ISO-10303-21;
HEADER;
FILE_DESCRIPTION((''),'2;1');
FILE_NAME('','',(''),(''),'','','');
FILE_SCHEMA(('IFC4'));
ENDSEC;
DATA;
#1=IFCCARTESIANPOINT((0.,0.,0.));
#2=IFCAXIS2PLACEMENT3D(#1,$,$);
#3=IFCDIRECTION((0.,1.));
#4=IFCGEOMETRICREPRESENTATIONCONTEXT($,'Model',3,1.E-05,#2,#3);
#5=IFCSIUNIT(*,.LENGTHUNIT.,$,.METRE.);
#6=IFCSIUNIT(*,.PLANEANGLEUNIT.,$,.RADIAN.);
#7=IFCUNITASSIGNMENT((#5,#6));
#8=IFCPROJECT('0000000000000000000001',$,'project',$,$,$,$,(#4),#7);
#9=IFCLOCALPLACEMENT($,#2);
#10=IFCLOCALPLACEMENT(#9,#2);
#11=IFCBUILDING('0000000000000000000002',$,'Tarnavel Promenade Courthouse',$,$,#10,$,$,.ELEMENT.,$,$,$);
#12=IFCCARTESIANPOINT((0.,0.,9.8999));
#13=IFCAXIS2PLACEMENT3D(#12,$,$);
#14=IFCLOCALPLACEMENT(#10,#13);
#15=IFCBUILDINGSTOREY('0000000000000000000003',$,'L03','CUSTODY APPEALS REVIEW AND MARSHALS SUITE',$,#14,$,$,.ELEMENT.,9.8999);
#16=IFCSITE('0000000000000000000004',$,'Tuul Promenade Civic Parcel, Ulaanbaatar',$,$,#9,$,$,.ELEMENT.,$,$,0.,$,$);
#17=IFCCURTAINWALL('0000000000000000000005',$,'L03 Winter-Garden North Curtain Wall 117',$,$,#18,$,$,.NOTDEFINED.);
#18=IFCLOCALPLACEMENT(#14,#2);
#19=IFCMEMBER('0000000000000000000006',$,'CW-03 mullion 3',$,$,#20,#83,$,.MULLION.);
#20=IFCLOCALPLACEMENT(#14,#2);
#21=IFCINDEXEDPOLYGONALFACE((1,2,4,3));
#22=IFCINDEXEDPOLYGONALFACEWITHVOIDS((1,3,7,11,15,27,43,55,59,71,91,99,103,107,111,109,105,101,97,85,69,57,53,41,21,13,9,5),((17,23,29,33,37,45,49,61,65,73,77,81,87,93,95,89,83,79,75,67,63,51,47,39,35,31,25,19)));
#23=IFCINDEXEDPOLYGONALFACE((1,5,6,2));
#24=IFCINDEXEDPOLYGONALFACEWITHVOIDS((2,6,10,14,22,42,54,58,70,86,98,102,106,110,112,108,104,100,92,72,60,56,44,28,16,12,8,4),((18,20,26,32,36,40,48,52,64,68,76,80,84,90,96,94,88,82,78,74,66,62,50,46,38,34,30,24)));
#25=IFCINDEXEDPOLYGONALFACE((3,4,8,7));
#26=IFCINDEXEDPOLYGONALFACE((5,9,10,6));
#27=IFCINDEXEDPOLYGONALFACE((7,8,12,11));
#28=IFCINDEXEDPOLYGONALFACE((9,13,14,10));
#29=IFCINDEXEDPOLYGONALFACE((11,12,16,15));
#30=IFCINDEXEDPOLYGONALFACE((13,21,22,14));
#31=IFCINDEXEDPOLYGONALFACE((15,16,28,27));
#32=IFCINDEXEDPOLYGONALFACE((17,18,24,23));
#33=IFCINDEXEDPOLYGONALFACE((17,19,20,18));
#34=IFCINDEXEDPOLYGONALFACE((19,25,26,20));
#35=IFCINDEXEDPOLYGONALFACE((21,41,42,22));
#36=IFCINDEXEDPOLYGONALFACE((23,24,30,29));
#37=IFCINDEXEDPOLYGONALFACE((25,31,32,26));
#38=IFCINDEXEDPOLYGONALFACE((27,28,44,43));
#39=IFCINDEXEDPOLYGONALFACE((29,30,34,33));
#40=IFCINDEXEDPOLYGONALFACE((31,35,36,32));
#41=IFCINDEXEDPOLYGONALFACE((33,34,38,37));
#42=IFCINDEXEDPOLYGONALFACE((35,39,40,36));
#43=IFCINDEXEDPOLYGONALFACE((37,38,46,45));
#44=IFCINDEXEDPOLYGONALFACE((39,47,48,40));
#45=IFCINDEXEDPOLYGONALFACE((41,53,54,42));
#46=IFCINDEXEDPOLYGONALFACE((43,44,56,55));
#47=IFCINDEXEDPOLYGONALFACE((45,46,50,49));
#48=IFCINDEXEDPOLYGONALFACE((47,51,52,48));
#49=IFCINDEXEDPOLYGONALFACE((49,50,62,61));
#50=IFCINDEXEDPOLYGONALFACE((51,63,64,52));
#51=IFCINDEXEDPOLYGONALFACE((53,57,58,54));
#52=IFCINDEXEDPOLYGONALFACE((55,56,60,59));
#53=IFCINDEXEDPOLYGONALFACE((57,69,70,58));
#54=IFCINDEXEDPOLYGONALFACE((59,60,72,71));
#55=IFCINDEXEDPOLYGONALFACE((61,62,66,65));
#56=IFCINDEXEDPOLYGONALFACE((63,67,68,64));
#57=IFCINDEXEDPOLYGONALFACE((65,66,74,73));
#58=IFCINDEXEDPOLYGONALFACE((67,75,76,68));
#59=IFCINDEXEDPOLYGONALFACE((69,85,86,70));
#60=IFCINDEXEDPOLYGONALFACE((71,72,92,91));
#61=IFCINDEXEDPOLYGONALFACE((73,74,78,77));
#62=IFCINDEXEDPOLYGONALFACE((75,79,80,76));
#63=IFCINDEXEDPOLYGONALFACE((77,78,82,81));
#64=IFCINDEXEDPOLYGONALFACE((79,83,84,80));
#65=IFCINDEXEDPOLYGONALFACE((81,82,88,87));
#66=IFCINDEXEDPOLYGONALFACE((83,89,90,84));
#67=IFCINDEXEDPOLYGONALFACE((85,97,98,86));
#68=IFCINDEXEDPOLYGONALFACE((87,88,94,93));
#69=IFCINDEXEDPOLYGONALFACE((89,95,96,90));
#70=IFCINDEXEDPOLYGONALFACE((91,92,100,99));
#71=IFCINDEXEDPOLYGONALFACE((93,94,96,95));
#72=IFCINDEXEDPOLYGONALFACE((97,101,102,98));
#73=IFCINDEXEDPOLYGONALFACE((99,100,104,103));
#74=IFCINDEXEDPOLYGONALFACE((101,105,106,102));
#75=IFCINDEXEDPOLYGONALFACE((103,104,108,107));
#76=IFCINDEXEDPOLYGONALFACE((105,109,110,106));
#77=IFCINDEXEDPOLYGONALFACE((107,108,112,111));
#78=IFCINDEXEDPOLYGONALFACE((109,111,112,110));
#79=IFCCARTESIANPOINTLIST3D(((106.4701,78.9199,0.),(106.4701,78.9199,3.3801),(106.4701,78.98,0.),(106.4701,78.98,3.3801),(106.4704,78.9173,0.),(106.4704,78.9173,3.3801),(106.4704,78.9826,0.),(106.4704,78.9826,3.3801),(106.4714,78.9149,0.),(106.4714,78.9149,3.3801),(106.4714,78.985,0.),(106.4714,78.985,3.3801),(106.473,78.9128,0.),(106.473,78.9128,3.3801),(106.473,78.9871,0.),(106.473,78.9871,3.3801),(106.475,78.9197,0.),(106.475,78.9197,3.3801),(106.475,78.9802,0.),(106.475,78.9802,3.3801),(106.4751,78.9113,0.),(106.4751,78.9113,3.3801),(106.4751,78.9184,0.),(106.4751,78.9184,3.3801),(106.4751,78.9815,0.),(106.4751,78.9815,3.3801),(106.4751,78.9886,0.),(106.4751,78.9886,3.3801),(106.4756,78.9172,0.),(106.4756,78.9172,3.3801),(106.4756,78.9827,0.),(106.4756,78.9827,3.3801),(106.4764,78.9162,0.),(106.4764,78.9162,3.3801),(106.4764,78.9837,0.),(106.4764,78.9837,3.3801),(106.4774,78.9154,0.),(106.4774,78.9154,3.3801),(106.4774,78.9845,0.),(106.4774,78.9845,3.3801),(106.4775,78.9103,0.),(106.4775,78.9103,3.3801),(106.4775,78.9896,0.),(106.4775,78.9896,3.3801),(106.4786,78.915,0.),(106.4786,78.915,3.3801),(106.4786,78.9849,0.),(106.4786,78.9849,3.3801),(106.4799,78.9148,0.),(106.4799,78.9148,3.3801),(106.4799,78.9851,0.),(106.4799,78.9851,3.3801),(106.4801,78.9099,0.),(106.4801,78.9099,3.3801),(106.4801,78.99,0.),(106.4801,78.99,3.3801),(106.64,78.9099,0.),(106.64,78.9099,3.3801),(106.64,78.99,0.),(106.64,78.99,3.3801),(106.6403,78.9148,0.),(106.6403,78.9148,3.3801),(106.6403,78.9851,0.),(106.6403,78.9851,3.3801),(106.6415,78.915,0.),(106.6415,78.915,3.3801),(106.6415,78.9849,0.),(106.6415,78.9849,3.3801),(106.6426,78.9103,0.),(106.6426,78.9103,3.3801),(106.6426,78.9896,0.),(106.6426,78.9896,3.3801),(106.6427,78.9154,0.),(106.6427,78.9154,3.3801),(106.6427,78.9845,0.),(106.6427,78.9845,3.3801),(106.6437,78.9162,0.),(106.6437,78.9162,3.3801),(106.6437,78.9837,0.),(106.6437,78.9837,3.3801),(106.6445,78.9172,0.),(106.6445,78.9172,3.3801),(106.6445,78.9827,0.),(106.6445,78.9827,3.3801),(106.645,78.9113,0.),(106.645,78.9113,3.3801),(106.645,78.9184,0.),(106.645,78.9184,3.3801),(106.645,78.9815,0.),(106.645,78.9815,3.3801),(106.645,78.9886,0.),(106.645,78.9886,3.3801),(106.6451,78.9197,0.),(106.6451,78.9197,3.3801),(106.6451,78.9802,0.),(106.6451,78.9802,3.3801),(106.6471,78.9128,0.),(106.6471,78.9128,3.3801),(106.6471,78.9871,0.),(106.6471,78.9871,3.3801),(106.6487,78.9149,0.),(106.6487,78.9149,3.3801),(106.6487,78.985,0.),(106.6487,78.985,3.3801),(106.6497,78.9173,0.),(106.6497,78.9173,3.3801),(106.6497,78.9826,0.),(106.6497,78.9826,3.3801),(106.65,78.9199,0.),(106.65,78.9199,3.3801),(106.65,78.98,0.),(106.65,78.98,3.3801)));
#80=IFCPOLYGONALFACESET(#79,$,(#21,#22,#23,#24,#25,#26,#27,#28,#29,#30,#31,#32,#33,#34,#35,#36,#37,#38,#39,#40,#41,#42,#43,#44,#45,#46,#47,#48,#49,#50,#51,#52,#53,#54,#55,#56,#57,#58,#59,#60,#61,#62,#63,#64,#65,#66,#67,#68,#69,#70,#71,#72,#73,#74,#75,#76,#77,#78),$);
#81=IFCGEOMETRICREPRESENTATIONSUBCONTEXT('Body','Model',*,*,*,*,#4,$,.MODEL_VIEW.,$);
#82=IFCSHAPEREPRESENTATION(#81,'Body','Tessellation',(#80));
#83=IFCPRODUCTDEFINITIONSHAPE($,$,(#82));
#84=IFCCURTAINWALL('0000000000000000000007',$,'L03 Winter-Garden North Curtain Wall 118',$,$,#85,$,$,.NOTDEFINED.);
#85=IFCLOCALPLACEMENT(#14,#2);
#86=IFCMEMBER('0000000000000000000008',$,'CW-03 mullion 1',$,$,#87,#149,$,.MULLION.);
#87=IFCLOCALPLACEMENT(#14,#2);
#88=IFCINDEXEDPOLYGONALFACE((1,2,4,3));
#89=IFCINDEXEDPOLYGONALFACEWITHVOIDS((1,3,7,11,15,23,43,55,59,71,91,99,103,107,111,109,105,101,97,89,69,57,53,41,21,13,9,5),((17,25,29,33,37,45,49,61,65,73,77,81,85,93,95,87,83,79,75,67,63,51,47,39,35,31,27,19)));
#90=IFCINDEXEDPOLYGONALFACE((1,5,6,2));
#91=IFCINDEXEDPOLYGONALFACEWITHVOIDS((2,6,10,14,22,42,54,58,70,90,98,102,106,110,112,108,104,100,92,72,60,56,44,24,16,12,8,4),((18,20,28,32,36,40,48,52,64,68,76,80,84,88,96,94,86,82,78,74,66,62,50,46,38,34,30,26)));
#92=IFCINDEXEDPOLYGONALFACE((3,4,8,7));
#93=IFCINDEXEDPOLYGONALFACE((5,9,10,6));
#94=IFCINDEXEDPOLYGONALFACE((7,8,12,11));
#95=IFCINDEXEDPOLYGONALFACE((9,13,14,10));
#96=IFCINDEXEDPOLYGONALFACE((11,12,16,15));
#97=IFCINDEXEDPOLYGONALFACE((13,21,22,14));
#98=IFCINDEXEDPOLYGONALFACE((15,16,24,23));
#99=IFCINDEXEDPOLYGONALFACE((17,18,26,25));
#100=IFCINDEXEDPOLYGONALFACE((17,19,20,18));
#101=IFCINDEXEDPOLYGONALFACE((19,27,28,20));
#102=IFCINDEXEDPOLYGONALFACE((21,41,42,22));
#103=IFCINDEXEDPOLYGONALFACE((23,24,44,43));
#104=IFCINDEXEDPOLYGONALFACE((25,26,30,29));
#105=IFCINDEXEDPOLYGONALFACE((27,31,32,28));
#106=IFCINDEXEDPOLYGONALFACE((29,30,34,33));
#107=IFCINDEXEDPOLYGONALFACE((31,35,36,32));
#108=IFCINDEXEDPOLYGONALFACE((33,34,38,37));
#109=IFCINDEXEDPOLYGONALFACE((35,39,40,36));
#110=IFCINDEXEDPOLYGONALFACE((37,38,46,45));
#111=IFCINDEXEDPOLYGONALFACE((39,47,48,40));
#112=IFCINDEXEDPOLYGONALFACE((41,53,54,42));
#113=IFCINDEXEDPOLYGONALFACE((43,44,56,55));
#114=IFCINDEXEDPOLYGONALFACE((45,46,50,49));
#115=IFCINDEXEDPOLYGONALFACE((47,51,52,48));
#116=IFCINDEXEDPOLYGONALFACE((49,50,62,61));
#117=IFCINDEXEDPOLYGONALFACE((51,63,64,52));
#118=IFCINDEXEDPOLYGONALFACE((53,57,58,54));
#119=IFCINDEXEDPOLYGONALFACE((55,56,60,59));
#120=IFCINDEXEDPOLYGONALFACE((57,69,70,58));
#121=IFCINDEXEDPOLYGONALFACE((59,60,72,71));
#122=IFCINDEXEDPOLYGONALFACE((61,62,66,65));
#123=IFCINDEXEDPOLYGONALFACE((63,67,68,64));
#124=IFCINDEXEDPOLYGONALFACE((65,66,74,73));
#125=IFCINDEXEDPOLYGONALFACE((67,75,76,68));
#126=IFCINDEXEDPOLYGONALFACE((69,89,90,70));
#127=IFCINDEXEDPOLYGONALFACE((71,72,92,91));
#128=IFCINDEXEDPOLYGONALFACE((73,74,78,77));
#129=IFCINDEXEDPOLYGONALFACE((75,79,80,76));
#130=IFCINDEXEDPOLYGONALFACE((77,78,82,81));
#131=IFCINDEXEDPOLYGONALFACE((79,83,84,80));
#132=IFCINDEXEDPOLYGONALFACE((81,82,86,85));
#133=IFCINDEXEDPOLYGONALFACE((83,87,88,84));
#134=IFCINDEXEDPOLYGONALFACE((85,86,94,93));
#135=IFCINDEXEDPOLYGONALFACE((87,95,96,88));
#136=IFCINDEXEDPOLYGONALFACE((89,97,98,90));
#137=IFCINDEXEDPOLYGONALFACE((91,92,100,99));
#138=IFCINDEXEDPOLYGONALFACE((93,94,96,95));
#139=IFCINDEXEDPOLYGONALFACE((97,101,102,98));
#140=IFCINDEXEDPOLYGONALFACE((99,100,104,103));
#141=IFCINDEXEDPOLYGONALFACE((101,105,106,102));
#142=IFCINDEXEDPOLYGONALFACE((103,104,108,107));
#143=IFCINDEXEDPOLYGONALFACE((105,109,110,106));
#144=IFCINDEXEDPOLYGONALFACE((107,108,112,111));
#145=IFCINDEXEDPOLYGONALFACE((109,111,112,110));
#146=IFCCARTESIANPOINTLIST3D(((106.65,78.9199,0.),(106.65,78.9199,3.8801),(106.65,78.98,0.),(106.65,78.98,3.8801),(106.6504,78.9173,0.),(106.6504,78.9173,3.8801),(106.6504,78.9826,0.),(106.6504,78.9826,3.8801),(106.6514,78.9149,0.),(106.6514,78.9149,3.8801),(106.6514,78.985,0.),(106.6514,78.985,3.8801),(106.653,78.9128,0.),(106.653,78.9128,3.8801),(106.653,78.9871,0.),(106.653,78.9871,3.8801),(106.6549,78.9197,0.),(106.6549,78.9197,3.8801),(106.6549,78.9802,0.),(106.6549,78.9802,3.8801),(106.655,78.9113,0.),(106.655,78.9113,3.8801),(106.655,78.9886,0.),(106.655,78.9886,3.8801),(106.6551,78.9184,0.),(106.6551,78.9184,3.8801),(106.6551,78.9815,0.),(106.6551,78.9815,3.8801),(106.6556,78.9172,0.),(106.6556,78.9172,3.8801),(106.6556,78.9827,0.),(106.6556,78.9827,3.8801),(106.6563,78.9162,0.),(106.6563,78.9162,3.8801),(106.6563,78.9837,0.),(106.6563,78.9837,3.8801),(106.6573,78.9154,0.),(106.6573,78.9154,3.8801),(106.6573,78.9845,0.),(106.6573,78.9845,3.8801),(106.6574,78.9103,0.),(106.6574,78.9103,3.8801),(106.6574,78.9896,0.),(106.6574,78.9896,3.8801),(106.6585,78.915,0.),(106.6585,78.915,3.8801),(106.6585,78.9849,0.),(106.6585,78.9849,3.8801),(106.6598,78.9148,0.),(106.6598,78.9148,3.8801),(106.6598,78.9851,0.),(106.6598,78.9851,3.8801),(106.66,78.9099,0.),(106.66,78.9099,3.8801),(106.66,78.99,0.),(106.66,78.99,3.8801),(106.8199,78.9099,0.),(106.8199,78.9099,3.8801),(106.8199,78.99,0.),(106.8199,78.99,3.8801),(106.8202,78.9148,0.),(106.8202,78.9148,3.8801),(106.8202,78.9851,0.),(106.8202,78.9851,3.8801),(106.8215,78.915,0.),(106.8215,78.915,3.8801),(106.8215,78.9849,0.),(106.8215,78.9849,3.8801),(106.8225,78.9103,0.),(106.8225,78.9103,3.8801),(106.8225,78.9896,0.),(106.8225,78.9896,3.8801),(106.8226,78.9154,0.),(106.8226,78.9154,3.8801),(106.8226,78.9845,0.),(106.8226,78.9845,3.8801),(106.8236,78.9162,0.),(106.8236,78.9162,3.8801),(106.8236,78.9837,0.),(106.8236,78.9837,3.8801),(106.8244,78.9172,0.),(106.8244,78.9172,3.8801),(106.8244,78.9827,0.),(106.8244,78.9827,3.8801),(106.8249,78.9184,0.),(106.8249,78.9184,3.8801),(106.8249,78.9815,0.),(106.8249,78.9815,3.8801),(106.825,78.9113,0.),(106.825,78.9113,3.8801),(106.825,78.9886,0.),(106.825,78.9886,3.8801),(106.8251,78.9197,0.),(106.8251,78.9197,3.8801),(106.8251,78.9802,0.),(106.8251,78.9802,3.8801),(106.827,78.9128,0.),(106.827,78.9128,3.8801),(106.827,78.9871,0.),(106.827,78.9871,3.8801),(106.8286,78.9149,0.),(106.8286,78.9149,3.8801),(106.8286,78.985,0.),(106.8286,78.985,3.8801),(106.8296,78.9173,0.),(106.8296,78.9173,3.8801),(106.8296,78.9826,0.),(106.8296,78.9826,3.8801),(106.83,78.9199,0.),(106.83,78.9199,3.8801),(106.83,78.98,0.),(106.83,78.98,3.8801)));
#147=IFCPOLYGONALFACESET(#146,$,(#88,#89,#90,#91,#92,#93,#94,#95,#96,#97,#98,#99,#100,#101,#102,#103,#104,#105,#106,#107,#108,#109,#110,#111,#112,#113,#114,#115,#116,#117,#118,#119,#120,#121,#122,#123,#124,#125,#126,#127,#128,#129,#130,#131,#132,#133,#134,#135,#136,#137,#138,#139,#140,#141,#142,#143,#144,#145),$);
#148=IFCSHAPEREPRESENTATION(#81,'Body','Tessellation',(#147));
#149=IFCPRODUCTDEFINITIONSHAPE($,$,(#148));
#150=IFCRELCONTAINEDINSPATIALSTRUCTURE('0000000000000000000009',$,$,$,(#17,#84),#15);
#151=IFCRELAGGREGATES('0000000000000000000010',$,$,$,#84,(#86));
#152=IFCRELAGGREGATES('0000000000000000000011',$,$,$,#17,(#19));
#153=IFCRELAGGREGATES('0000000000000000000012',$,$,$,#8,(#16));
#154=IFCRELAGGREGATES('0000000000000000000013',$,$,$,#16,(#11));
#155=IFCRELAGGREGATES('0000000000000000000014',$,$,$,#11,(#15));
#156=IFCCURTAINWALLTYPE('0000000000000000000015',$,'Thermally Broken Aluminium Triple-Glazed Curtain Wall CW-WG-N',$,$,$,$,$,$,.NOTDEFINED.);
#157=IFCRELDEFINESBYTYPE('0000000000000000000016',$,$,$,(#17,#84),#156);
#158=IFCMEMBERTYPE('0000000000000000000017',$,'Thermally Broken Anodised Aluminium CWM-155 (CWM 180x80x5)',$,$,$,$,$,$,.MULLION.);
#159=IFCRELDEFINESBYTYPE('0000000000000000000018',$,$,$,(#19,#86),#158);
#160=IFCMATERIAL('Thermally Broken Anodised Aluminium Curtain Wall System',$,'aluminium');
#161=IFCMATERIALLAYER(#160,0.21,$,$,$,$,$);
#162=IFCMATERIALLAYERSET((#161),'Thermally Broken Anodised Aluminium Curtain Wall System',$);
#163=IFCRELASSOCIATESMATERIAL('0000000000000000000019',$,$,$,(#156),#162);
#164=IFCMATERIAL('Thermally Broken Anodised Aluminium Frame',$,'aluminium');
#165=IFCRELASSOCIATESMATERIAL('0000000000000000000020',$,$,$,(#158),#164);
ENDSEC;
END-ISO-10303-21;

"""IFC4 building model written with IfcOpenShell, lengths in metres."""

from ifc_helpers import new_model, si_unit, direction, frame, origin, origin_2d, place, context, subcontext, project, spatial, hollow_rectangle, extrude, material, layer, layer_set, material_profile, profile_set, type_object, element, aggregate, save


model = new_model("IFC4")

# Units and contexts
model_context = context("Model", 3, precision=1e-05, world=origin(), true_north=direction((0.0, 1.0)))
body_context = subcontext(model_context, "Body", "Model", "MODEL_VIEW")
ifc_project = project(units=[si_unit("LENGTHUNIT", "METRE"), si_unit("PLANEANGLEUNIT", "RADIAN")], contexts=[model_context])

# Site, building, storey
site_placement = place(None, origin())
site = spatial("IfcSite", under=ifc_project, at=site_placement, Name="Tuul Promenade Civic Parcel, Ulaanbaatar", CompositionType="ELEMENT", RefElevation=0.0)
building_placement = place(site_placement, origin())
building = spatial("IfcBuilding", under=site, at=building_placement, Name="Tarnavel Promenade Courthouse", CompositionType="ELEMENT")
storey_placement = place(building_placement, frame((0.0, 0.0, 9.8999)))
storey = spatial("IfcBuildingStorey", under=building, at=storey_placement, Name="L03", Description="CUSTODY APPEALS REVIEW AND MARSHALS SUITE", CompositionType="ELEMENT", Elevation=9.8999)

# Curtain wall, member
ifc_material_1 = material(Name="Thermally Broken Anodised Aluminium Curtain Wall System", Category="aluminium")
ifc_layer_1 = layer(ifc_material_1, 0.21)
ifc_layer_set_1 = layer_set([ifc_layer_1], Name="Thermally Broken Anodised Aluminium Curtain Wall System")
curtain_wall_type = type_object("IfcCurtainWallType", Name="Thermally Broken Aluminium Triple-Glazed Curtain Wall CW-WG-N", PredefinedType="NOTDEFINED", material=ifc_layer_set_1)
curtain_wall_1_placement = place(storey_placement, origin())
curtain_wall_1 = element("IfcCurtainWall", 1, at=curtain_wall_1_placement, inside=storey, type_object=curtain_wall_type, Name="L03 Winter-Garden North Curtain Wall 117", PredefinedType="NOTDEFINED")
ifc_material_2 = material(Name="Thermally Broken Anodised Aluminium Frame", Category="aluminium")
ifc_material_profile_1 = material_profile(ifc_material_2, hollow_rectangle(XDim=0.0801, YDim=0.1799, WallThickness=0.0049, InnerFilletRadius=0.0049, OuterFilletRadius=0.01, at=origin_2d()), Name="CWM 180x80x5")
ifc_profile_set_1 = profile_set([ifc_material_profile_1], Name="Thermally Broken Anodised Aluminium Frame")
member_type_1 = type_object("IfcMemberType", Name="Thermally Broken Anodised Aluminium CWM-155 (CWM 180x80x5)", PredefinedType="MULLION", material=ifc_profile_set_1)
member_1_placement = place(storey_placement, frame((106.5601, 78.95, 0.0), z_axis=(0.0, 0.0, 1.0), x_axis=(0.0, 1.0, 0.0)))
member_1 = element("IfcMember", 2, at=member_1_placement, type_object=member_type_1, Name="CW-03 mullion 3", PredefinedType="MULLION", context=body_context, shape_type="SweptSolid", body=[
    extrude(hollow_rectangle(XDim=0.0801, YDim=0.1799, WallThickness=0.0049, InnerFilletRadius=0.0049, OuterFilletRadius=0.01, at=origin_2d()), origin(), (0.0, 0.0, 1.0), 3.3801),
])

# Curtain wall, member
curtain_wall_2_placement = place(storey_placement, origin())
curtain_wall_2 = element("IfcCurtainWall", 3, at=curtain_wall_2_placement, inside=storey, type_object=curtain_wall_type, Name="L03 Winter-Garden North Curtain Wall 118", PredefinedType="NOTDEFINED")
member_2_placement = place(storey_placement, frame((106.74, 78.95, 0.0), z_axis=(0.0, 0.0, 1.0), x_axis=(0.0, 1.0, 0.0)))
member_2 = element("IfcMember", 4, at=member_2_placement, type_object=member_type_1, Name="CW-03 mullion 1", PredefinedType="MULLION", context=body_context, shape_type="SweptSolid", body=[
    extrude(hollow_rectangle(XDim=0.0801, YDim=0.1799, WallThickness=0.0049, InnerFilletRadius=0.0049, OuterFilletRadius=0.01, at=origin_2d()), origin(), (0.0, 0.0, 1.0), 3.8801),
])

aggregate(curtain_wall_2, [member_2])

aggregate(curtain_wall_1, [member_1])

save(model, "model.ifc")
